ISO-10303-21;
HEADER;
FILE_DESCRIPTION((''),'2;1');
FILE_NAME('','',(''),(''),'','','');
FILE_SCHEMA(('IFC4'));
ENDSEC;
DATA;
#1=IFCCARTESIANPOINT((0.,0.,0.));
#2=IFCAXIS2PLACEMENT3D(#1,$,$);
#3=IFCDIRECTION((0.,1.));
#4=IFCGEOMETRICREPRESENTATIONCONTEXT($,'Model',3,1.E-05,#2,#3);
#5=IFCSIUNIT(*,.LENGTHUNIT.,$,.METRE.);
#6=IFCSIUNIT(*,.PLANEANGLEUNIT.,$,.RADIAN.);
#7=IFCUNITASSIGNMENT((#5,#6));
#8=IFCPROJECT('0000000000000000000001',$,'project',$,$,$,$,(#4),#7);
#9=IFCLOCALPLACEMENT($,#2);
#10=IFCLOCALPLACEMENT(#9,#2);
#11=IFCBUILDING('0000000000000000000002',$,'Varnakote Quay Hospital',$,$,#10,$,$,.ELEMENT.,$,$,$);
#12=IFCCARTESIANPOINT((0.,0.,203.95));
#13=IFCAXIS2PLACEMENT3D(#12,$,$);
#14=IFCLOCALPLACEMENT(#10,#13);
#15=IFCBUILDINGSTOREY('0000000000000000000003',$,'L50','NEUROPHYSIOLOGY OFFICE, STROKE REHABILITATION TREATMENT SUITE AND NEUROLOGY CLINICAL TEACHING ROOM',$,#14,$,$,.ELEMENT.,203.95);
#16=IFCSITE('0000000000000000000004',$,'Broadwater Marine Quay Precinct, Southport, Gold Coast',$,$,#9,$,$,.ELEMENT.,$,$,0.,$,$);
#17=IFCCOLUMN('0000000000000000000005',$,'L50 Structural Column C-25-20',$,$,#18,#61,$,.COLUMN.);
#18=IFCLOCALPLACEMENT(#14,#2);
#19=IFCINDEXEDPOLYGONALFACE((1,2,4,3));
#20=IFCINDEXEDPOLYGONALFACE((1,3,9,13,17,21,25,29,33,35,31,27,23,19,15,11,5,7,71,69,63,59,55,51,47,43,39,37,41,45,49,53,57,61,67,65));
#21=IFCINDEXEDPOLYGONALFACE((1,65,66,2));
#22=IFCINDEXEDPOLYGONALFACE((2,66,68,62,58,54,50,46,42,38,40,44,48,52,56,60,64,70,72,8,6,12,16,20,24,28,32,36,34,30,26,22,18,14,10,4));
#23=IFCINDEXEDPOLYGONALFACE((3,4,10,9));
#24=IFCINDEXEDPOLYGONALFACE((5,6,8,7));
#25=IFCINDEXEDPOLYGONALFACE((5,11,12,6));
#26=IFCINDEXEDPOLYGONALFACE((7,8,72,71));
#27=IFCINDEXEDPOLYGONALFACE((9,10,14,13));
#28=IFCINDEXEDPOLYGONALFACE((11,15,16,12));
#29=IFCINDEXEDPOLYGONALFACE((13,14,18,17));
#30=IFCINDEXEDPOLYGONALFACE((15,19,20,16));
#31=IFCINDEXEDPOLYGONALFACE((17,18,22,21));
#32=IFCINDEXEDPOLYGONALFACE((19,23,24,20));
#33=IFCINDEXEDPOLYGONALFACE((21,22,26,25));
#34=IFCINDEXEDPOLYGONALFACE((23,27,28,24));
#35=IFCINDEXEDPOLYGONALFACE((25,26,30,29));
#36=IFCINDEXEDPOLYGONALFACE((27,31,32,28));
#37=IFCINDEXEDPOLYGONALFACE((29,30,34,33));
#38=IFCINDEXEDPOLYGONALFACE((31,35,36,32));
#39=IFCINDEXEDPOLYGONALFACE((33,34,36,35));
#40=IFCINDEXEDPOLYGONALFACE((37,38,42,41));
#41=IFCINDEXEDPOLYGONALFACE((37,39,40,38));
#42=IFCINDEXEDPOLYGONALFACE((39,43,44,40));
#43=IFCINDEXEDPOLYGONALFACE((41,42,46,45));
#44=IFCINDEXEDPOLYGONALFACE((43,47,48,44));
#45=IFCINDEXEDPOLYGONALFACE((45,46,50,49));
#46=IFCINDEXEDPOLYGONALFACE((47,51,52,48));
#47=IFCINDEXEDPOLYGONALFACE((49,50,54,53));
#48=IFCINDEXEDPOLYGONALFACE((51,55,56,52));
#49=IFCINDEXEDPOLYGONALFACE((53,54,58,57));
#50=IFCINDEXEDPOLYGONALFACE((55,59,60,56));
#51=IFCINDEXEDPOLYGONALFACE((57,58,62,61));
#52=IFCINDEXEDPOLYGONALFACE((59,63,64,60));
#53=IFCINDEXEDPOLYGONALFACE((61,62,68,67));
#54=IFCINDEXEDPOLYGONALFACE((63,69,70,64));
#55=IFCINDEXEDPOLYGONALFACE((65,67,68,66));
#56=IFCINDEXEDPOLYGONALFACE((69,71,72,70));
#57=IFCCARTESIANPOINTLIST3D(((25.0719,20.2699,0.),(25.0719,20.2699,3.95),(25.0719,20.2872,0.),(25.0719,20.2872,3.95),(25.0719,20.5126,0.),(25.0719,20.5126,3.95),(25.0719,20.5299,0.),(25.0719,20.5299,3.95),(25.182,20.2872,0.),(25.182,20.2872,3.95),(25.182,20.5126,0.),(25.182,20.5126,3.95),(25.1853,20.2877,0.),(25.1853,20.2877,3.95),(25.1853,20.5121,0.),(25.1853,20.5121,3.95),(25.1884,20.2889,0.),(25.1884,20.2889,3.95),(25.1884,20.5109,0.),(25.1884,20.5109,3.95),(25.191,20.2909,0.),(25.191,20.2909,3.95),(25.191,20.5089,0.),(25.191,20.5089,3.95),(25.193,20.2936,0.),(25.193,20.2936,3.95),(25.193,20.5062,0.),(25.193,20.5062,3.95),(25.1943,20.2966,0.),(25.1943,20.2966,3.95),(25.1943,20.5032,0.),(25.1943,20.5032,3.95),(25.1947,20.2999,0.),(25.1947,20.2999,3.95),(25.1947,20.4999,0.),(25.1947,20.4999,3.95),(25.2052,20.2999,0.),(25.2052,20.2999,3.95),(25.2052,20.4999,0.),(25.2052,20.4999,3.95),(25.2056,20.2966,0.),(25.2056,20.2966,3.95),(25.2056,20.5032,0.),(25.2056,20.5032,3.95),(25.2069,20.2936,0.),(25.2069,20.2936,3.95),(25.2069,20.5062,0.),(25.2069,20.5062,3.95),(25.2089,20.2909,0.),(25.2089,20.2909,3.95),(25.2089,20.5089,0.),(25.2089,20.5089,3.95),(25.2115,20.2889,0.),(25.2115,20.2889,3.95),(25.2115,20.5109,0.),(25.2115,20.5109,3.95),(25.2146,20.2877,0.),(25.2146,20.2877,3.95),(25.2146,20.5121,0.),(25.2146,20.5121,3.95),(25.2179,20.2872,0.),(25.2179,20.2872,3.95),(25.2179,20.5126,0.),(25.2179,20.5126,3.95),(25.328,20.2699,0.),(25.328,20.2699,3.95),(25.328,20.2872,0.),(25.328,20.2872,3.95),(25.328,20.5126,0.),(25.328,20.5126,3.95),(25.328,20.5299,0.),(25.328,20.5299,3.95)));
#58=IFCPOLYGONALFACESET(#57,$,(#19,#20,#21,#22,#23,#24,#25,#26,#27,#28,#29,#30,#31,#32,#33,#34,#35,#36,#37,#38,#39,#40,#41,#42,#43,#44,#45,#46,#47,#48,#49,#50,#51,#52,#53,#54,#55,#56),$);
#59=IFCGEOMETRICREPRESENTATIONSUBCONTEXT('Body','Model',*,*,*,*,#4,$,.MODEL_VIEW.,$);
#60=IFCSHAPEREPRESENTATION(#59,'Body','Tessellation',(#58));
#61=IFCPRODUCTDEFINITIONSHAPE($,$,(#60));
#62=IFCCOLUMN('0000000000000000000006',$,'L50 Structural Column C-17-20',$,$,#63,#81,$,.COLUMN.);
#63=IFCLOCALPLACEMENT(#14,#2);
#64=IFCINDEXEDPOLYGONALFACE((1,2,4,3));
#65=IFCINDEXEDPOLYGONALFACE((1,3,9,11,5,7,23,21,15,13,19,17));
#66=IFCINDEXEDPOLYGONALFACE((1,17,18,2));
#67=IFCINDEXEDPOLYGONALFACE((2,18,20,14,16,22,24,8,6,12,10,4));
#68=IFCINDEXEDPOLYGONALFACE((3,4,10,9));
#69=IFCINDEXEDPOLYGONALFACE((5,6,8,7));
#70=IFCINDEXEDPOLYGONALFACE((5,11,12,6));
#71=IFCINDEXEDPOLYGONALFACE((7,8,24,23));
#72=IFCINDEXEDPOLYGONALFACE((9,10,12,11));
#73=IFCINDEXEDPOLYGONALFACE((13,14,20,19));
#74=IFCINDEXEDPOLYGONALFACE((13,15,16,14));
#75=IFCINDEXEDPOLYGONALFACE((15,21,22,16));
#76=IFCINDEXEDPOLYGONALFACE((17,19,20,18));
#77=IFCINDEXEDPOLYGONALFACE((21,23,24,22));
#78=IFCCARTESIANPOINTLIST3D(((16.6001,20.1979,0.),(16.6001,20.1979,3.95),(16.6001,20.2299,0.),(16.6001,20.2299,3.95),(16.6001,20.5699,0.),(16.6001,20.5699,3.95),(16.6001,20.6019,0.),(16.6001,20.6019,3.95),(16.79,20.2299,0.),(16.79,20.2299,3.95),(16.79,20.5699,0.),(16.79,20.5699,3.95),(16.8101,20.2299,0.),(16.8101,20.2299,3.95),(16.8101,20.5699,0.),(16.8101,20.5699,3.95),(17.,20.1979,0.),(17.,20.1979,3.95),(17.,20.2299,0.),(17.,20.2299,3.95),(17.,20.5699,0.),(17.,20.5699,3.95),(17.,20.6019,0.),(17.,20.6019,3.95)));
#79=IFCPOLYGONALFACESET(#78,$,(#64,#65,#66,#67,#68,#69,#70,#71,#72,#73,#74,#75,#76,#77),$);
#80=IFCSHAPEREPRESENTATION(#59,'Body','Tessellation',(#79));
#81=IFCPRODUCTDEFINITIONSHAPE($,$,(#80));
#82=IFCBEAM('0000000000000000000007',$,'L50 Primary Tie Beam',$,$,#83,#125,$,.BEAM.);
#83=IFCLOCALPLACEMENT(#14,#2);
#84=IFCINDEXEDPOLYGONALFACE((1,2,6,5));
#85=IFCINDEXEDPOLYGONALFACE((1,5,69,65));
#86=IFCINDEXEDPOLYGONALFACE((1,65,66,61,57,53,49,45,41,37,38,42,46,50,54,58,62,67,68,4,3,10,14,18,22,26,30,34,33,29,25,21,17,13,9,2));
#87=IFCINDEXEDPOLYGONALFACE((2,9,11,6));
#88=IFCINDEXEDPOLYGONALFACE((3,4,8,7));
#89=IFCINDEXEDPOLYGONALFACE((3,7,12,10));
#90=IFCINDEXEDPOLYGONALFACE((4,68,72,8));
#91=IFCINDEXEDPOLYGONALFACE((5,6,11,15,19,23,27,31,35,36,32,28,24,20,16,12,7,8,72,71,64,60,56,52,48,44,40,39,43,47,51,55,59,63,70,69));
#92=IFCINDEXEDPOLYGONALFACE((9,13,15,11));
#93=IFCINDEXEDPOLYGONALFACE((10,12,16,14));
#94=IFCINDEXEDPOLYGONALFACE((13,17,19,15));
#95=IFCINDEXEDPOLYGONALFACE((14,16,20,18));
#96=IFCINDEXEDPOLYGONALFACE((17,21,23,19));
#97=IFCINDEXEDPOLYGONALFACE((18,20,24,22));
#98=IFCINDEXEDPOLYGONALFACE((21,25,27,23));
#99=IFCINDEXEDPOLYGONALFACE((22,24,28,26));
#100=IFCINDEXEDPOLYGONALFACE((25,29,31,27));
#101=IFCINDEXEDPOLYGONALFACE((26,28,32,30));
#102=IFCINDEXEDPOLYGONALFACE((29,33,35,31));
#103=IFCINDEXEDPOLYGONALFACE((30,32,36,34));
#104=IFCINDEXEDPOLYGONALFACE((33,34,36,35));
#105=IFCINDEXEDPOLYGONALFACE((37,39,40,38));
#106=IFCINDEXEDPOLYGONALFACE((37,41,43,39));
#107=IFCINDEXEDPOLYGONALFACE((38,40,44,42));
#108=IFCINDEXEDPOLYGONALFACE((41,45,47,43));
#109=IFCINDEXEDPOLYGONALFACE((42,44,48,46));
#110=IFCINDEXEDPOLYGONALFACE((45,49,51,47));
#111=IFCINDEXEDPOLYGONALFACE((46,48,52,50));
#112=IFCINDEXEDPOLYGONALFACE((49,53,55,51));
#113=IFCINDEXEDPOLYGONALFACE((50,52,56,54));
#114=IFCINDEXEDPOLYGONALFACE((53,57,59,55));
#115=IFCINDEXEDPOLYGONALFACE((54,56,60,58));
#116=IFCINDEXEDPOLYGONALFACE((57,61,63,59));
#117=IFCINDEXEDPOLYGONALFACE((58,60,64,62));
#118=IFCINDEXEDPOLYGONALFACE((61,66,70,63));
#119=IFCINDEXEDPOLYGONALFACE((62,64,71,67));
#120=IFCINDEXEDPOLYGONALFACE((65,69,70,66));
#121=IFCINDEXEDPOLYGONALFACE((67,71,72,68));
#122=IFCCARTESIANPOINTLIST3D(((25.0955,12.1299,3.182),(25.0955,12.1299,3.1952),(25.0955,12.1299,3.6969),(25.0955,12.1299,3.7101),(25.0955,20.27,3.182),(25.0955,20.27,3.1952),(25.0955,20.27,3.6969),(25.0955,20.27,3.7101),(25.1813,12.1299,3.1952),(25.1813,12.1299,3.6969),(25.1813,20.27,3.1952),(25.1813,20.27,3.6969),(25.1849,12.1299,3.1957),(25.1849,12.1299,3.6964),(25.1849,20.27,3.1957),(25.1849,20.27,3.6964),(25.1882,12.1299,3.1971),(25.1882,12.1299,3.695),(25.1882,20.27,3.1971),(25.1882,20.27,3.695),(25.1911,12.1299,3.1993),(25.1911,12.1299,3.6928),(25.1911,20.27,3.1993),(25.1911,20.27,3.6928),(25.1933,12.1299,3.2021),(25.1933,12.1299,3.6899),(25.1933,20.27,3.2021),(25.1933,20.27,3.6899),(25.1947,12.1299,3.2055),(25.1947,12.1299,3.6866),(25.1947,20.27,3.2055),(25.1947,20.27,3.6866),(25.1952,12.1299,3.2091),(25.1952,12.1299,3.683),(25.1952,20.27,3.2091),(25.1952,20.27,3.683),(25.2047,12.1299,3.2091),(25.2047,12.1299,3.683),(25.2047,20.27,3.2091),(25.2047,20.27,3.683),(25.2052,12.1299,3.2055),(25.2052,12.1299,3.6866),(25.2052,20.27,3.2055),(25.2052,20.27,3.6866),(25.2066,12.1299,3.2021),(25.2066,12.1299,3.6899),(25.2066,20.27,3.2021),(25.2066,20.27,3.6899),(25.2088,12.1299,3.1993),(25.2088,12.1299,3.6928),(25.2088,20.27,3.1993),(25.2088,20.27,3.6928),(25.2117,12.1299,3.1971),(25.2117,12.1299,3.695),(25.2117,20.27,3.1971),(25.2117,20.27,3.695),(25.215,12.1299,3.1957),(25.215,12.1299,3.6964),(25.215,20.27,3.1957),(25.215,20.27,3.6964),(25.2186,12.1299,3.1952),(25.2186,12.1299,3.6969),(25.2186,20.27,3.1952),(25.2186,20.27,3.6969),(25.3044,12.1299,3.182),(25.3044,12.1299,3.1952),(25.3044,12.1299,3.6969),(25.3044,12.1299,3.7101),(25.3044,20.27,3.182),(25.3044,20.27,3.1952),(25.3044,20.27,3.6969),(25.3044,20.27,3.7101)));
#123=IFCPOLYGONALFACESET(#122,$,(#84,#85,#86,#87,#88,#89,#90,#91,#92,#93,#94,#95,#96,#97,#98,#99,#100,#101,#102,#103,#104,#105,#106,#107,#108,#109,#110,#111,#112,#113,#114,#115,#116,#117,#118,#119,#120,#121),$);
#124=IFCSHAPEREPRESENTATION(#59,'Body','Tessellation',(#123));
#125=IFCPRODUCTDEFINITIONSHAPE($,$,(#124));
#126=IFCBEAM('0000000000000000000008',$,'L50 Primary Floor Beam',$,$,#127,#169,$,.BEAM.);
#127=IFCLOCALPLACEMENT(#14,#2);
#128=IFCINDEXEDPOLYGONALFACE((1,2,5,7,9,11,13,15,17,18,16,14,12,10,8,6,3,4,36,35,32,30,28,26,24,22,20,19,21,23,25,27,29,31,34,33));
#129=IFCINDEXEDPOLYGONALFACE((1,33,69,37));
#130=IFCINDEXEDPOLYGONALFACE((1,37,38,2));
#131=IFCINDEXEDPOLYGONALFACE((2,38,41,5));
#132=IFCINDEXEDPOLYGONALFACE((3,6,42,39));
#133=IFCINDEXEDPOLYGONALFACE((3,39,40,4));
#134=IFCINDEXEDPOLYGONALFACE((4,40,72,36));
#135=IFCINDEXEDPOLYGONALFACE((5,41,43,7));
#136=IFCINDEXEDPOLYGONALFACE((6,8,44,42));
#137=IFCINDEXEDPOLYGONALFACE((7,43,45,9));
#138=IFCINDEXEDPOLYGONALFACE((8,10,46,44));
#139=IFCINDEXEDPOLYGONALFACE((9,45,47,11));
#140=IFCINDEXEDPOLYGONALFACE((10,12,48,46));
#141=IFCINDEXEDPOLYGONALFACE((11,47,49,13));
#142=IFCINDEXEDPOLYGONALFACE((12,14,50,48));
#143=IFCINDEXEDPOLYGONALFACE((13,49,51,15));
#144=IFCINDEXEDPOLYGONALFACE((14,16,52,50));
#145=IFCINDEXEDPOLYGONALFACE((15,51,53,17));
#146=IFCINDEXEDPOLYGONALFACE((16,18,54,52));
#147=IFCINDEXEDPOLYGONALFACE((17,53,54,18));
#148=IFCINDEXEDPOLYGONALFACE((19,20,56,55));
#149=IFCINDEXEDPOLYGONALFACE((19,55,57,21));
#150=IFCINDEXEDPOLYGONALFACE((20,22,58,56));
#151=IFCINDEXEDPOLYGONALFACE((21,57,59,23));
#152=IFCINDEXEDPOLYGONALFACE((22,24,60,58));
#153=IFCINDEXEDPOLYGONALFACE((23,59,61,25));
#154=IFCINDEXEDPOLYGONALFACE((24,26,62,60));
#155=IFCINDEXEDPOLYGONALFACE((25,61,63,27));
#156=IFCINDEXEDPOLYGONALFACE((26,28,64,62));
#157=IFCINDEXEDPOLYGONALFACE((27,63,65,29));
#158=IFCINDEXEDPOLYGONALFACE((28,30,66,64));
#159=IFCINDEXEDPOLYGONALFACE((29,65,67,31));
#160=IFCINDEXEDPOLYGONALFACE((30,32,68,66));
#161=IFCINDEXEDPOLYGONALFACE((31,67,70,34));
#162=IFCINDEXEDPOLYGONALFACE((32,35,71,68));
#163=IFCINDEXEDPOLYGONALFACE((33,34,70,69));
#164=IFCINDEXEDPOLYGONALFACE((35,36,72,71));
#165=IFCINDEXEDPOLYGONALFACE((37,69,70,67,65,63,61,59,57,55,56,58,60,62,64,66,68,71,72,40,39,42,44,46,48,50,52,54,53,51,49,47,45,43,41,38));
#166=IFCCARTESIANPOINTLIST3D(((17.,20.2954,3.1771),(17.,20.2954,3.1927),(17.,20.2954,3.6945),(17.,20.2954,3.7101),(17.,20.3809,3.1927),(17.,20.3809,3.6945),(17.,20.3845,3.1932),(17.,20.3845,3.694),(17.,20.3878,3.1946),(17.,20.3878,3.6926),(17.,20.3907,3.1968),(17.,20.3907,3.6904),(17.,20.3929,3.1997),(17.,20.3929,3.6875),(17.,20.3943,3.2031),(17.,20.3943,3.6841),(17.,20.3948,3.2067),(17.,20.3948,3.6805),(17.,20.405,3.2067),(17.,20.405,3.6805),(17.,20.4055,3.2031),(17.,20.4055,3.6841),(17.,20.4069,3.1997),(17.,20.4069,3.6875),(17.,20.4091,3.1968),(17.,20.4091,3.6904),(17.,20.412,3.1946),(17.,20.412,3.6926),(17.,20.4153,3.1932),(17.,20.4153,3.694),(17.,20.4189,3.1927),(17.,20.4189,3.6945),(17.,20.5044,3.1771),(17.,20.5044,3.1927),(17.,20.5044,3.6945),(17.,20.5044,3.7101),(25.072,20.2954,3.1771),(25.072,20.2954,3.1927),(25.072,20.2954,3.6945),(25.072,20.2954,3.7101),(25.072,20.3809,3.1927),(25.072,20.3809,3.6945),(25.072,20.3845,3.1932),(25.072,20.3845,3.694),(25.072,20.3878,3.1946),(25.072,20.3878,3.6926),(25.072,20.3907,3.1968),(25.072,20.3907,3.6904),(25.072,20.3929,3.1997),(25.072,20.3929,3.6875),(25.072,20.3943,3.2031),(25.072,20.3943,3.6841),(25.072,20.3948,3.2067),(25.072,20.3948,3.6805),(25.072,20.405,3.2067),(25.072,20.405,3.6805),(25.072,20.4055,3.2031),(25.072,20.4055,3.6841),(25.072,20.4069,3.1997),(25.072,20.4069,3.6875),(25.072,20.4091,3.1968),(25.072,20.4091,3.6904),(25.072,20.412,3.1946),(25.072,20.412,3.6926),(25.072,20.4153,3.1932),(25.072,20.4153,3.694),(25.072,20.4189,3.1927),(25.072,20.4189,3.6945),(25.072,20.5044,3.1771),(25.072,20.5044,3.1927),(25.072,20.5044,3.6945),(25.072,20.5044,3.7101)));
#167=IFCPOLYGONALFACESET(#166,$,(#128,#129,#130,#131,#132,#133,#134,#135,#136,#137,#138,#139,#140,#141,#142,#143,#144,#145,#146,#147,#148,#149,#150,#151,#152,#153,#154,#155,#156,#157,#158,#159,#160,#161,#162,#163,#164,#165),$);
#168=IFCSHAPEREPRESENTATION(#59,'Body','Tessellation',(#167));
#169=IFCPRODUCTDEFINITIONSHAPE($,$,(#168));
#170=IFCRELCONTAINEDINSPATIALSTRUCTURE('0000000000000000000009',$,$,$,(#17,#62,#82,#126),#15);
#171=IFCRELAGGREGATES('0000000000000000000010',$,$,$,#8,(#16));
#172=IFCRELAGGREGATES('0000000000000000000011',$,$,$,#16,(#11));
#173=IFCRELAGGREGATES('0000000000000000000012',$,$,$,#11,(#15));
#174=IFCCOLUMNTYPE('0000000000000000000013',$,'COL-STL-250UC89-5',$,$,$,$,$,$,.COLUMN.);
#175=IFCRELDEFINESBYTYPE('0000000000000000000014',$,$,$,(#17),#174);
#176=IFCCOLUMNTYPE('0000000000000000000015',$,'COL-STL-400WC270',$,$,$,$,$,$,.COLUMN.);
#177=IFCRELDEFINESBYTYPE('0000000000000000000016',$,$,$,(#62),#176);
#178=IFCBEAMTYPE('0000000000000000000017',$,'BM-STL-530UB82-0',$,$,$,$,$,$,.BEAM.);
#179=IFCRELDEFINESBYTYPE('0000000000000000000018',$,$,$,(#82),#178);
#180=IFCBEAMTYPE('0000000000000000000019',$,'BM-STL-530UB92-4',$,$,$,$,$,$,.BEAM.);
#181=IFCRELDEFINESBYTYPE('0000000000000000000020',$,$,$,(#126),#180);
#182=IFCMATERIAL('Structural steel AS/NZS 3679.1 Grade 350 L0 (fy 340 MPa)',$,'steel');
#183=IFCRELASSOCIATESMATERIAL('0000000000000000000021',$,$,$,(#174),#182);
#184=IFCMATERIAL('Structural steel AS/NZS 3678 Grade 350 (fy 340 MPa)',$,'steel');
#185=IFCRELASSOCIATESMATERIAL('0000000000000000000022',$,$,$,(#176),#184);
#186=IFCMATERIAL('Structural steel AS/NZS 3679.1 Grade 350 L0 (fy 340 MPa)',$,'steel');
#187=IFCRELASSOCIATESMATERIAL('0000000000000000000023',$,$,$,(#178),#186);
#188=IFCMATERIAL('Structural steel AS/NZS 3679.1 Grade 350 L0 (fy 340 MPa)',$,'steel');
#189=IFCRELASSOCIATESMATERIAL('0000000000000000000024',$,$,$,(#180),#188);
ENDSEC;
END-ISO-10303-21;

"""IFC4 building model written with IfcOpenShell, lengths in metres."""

from ifc_helpers import new_model, si_unit, direction, frame, origin, origin_2d, place, context, subcontext, project, spatial, i_section, extrude, material, material_profile, profile_set, type_object, element, save


model = new_model("IFC4")

# Units and contexts
model_context = context("Model", 3, precision=1e-05, world=origin(), true_north=direction((0.0, 1.0)))
body_context = subcontext(model_context, "Body", "Model", "MODEL_VIEW")
ifc_project = project(units=[si_unit("LENGTHUNIT", "METRE"), si_unit("PLANEANGLEUNIT", "RADIAN")], contexts=[model_context])

# Site, building, storey
site_placement = place(None, origin())
site = spatial("IfcSite", under=ifc_project, at=site_placement, Name="Broadwater Marine Quay Precinct, Southport, Gold Coast", CompositionType="ELEMENT", RefElevation=0.0)
building_placement = place(site_placement, origin())
building = spatial("IfcBuilding", under=site, at=building_placement, Name="Varnakote Quay Hospital", CompositionType="ELEMENT")
storey_placement = place(building_placement, frame((0.0, 0.0, 203.95)))
storey = spatial("IfcBuildingStorey", under=building, at=storey_placement, Name="L50", Description="NEUROPHYSIOLOGY OFFICE, STROKE REHABILITATION TREATMENT SUITE AND NEUROLOGY CLINICAL TEACHING ROOM", CompositionType="ELEMENT", Elevation=203.95)

# Columns
ifc_material_1 = material(Name="Structural steel AS/NZS 3679.1 Grade 350 L0 (fy 340 MPa)", Category="steel")
ifc_material_profile_1 = material_profile(ifc_material_1, i_section(OverallWidth=0.2561, OverallDepth=0.26, WebThickness=0.0105, FlangeThickness=0.0173, FilletRadius=0.0127, at=origin_2d()), Name="250UC89.5")
ifc_profile_set_1 = profile_set([ifc_material_profile_1], Name="Structural steel AS/NZS 3679.1 Grade 350 L0 (fy 340 MPa)")
column_type_1 = type_object("IfcColumnType", Name="COL-STL-250UC89-5", PredefinedType="COLUMN", material=ifc_profile_set_1)
column_1_placement = place(storey_placement, frame((25.2, 20.3999, 0.0), z_axis=(0.0, 0.0, 1.0), x_axis=(1.0, 0.0, 0.0)))
element("IfcColumn", 1, at=column_1_placement, inside=storey, type_object=column_type_1, Name="L50 Structural Column C-25-20", PredefinedType="COLUMN", context=body_context, shape_type="SweptSolid", body=[
    extrude(i_section(OverallWidth=0.2561, OverallDepth=0.26, WebThickness=0.0105, FlangeThickness=0.0173, FilletRadius=0.0127, at=origin_2d()), origin(), (0.0, 0.0, 1.0), 3.95),
])
ifc_material_2 = material(Name="Structural steel AS/NZS 3678 Grade 350 (fy 340 MPa)", Category="steel")
ifc_material_profile_2 = material_profile(ifc_material_2, i_section(OverallWidth=0.3999, OverallDepth=0.4041, WebThickness=0.02, FlangeThickness=0.032, at=origin_2d()), Name="400WC270")
ifc_profile_set_2 = profile_set([ifc_material_profile_2], Name="Structural steel AS/NZS 3678 Grade 350 (fy 340 MPa)")
column_type_2 = type_object("IfcColumnType", Name="COL-STL-400WC270", PredefinedType="COLUMN", material=ifc_profile_set_2)
column_2_placement = place(storey_placement, frame((16.8, 20.3999, 0.0), z_axis=(0.0, 0.0, 1.0), x_axis=(1.0, 0.0, 0.0)))
element("IfcColumn", 2, at=column_2_placement, inside=storey, type_object=column_type_2, Name="L50 Structural Column C-17-20", PredefinedType="COLUMN", context=body_context, shape_type="SweptSolid", body=[
    extrude(i_section(OverallWidth=0.3999, OverallDepth=0.4041, WebThickness=0.02, FlangeThickness=0.032, at=origin_2d()), origin(), (0.0, 0.0, 1.0), 3.95),
])

# Beams
ifc_material_3 = material(Name="Structural steel AS/NZS 3679.1 Grade 350 L0 (fy 340 MPa)", Category="steel")
ifc_material_profile_3 = material_profile(ifc_material_3, i_section(OverallWidth=0.209, OverallDepth=0.5281, WebThickness=0.0095, FlangeThickness=0.0132, FilletRadius=0.0139, at=origin_2d()), Name="530UB82.0")
ifc_profile_set_3 = profile_set([ifc_material_profile_3], Name="Structural steel AS/NZS 3679.1 Grade 350 L0 (fy 340 MPa)")
beam_type_1 = type_object("IfcBeamType", Name="BM-STL-530UB82-0", PredefinedType="BEAM", material=ifc_profile_set_3)
beam_1_placement = place(storey_placement, frame((25.2, 12.1299, 3.446), z_axis=(0.0, 1.0, 0.0), x_axis=(-1.0, 0.0, 0.0)))
element("IfcBeam", 3, at=beam_1_placement, inside=storey, type_object=beam_type_1, Name="L50 Primary Tie Beam", PredefinedType="BEAM", context=body_context, shape_type="SweptSolid", body=[
    extrude(i_section(OverallWidth=0.209, OverallDepth=0.5281, WebThickness=0.0095, FlangeThickness=0.0132, FilletRadius=0.0139, at=origin_2d()), origin(), (0.0, 0.0, 1.0), 8.1401),
])
ifc_material_4 = material(Name="Structural steel AS/NZS 3679.1 Grade 350 L0 (fy 340 MPa)", Category="steel")
ifc_material_profile_4 = material_profile(ifc_material_4, i_section(OverallWidth=0.209, OverallDepth=0.533, WebThickness=0.0103, FlangeThickness=0.0156, FilletRadius=0.0139, at=origin_2d()), Name="530UB92.4")
ifc_profile_set_4 = profile_set([ifc_material_profile_4], Name="Structural steel AS/NZS 3679.1 Grade 350 L0 (fy 340 MPa)")
beam_type_2 = type_object("IfcBeamType", Name="BM-STL-530UB92-4", PredefinedType="BEAM", material=ifc_profile_set_4)
for number, where, z_axis, x_axis, name in (
    (4, (17.0, 20.3999, 3.4436), (1.0, 0.0, 0.0), (0.0, 1.0, 0.0), "L50 Primary Floor Beam"),
):
    element("IfcBeam", number, at=place(storey_placement, frame(where, z_axis=z_axis, x_axis=x_axis)), inside=storey, type_object=beam_type_2, Name=name, PredefinedType="BEAM", context=body_context, shape_type="SweptSolid", body=[
        extrude(i_section(OverallWidth=0.209, OverallDepth=0.533, WebThickness=0.0103, FlangeThickness=0.0156, FilletRadius=0.0139, at=origin_2d()), origin(), (0.0, 0.0, 1.0), 8.072),
    ])

save(model, "model.ifc")
